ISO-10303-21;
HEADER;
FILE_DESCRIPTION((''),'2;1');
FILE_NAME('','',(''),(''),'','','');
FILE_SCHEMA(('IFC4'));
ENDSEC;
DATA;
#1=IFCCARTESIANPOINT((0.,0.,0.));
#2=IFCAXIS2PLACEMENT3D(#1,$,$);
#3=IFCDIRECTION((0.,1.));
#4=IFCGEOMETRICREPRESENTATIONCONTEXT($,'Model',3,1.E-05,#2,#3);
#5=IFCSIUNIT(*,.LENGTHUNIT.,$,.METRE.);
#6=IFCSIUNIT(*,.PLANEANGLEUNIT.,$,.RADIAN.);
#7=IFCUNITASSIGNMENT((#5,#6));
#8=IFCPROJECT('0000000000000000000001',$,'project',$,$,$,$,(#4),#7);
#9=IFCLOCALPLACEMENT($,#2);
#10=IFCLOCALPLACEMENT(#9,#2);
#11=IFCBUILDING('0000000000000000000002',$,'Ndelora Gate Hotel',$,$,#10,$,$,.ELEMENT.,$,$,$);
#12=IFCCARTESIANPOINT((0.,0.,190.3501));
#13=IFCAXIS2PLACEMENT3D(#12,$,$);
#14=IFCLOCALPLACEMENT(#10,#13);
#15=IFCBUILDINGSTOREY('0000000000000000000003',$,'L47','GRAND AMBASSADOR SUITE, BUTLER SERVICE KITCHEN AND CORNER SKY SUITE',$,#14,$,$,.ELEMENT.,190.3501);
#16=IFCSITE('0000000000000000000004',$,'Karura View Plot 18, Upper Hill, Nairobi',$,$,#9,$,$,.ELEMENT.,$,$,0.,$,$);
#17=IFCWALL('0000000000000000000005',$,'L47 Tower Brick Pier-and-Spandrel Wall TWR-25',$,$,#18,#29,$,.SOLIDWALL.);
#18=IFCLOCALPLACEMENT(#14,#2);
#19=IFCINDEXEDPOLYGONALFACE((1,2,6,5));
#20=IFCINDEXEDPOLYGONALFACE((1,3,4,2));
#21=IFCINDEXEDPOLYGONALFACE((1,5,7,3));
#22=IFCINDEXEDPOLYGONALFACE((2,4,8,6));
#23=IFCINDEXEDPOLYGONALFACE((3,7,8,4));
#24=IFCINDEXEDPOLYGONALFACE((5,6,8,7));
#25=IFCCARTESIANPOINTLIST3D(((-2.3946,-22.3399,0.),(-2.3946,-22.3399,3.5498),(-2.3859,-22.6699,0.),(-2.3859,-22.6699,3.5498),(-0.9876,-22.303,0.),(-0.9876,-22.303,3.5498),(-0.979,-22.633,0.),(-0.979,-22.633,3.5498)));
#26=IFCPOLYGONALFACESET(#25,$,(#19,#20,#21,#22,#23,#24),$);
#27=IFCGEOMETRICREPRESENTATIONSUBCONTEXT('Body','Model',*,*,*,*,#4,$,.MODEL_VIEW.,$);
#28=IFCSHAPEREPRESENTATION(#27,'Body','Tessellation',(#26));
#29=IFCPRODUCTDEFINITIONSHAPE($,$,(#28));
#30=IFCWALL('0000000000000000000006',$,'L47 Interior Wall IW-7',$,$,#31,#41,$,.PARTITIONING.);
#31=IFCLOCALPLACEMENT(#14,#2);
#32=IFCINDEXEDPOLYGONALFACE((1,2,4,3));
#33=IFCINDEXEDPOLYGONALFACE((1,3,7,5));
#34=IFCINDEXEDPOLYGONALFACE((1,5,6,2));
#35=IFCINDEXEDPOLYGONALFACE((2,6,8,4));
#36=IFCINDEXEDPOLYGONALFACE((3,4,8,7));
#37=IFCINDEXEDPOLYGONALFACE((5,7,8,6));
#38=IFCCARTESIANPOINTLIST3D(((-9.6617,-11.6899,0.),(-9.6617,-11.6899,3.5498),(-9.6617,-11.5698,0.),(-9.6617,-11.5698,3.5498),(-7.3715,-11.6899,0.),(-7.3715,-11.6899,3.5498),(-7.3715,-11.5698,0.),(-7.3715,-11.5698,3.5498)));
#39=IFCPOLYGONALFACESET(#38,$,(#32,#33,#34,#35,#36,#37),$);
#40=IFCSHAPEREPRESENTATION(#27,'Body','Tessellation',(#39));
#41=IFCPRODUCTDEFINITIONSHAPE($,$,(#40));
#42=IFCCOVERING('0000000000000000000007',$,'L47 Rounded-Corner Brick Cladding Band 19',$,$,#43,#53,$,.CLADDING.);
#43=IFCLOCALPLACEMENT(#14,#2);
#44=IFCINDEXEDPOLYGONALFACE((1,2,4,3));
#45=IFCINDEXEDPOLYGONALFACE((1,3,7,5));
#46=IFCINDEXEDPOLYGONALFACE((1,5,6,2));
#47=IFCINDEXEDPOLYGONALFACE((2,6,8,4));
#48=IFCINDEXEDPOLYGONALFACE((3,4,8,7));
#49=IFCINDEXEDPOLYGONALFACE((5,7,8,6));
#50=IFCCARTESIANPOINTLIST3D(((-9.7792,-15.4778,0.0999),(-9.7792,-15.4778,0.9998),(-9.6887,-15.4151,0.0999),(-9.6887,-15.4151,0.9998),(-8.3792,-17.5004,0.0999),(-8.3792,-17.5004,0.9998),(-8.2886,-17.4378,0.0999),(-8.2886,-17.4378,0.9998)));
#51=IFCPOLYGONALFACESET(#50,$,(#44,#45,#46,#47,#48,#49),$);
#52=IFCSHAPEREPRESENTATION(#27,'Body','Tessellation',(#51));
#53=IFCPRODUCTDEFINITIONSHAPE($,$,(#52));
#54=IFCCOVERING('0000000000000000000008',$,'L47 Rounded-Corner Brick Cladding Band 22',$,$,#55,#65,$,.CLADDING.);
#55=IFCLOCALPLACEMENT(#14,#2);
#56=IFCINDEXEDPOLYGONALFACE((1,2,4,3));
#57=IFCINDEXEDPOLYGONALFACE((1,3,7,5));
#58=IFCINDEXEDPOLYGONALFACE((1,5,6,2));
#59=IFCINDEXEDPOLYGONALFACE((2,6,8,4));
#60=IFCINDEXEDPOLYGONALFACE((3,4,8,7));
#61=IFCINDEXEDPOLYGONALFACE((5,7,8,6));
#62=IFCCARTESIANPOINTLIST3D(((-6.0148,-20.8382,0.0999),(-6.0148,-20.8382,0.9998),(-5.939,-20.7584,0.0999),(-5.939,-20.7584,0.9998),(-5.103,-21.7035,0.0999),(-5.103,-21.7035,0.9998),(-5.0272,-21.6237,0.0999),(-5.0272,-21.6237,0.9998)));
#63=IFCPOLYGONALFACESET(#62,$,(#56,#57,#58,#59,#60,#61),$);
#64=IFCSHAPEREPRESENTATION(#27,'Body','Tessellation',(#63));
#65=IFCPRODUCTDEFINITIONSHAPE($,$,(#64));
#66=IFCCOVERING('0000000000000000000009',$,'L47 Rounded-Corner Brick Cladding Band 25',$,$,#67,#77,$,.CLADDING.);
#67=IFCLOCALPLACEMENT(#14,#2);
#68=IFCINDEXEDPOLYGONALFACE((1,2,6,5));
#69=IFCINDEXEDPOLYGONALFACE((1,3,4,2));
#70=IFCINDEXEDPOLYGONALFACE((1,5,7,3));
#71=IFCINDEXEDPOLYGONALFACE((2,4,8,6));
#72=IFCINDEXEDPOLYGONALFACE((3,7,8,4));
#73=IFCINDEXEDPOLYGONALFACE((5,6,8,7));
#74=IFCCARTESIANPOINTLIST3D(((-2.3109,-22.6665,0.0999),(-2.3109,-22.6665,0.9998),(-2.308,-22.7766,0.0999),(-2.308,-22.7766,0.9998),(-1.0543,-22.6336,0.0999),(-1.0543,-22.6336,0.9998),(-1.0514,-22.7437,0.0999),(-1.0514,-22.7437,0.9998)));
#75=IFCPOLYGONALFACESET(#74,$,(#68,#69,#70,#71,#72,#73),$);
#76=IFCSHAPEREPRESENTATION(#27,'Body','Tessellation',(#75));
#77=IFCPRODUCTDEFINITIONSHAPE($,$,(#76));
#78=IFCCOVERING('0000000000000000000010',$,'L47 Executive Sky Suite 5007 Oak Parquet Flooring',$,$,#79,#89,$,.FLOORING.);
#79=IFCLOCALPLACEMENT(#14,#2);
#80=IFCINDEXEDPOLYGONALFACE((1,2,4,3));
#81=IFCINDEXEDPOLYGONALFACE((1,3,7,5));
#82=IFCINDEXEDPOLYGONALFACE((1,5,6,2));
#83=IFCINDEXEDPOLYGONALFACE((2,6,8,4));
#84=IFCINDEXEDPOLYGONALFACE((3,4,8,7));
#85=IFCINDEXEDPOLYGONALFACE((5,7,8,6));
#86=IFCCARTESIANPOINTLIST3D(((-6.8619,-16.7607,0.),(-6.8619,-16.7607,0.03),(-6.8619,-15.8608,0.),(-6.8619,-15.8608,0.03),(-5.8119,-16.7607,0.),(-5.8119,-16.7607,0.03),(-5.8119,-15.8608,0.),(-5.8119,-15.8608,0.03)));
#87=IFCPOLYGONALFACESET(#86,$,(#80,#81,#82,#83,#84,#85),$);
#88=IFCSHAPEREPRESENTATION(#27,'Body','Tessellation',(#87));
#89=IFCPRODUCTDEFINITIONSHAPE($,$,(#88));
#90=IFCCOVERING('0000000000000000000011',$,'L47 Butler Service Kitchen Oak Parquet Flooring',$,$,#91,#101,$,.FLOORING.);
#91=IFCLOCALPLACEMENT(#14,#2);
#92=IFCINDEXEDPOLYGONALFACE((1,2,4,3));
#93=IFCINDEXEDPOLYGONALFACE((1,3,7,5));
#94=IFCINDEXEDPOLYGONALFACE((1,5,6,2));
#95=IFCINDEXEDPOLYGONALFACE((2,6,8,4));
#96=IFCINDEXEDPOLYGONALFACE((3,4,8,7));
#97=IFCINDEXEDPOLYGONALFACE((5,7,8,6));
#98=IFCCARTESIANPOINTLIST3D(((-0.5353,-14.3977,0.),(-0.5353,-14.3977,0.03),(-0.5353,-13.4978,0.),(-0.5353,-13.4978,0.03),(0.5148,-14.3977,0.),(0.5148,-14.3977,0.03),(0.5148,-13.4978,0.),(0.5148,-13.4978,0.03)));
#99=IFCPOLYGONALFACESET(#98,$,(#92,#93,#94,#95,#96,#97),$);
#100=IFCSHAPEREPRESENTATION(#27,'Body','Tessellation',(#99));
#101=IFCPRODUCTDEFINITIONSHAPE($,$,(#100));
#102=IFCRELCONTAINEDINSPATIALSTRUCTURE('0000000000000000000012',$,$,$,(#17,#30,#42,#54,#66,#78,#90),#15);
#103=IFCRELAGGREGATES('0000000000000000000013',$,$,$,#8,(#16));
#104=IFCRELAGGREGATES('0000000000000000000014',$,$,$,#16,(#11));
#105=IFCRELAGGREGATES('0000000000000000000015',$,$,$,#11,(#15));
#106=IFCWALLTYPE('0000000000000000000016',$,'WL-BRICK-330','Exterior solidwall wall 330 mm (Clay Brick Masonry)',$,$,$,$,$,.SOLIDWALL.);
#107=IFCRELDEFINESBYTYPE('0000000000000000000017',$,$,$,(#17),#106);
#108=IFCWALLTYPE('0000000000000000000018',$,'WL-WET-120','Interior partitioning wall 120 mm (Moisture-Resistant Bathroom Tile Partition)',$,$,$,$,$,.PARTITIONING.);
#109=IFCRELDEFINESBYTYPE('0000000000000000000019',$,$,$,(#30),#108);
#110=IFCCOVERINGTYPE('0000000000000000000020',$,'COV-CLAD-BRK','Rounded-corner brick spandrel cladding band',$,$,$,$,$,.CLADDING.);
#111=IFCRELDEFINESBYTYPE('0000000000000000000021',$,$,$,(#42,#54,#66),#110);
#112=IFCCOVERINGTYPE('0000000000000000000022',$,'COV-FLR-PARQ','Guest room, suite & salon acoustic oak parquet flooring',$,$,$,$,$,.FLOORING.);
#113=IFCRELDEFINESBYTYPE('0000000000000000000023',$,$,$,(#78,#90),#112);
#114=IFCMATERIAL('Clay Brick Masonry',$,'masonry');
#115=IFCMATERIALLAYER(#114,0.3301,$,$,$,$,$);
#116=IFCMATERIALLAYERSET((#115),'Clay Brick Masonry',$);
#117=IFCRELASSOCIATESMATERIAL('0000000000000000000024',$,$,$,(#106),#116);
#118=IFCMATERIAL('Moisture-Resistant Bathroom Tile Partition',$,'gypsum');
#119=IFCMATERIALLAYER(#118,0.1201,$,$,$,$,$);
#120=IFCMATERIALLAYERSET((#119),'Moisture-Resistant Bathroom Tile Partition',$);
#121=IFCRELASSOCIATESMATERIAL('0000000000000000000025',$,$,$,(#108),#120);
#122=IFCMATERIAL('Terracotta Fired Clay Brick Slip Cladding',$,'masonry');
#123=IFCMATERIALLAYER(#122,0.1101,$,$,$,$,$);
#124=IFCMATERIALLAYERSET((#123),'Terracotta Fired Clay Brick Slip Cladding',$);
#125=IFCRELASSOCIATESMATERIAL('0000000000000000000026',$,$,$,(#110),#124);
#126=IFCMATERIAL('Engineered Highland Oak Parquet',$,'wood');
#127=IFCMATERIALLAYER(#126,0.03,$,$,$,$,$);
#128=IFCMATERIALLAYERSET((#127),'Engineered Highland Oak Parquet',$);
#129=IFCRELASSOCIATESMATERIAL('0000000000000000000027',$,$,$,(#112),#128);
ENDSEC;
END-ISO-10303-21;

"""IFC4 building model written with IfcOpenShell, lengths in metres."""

from ifc_helpers import new_model, si_unit, direction, frame, frame_2d, origin, origin_2d, place, context, subcontext, project, spatial, rectangle, extrude, material, layer, layer_set, type_object, element, save


model = new_model("IFC4")

# Units and contexts
model_context = context("Model", 3, precision=1e-05, world=origin(), true_north=direction((0.0, 1.0)))
body_context = subcontext(model_context, "Body", "Model", "MODEL_VIEW")
ifc_project = project(units=[si_unit("LENGTHUNIT", "METRE"), si_unit("PLANEANGLEUNIT", "RADIAN")], contexts=[model_context])

# Site, building, storey
site_placement = place(None, origin())
site = spatial("IfcSite", under=ifc_project, at=site_placement, Name="Karura View Plot 18, Upper Hill, Nairobi", CompositionType="ELEMENT", RefElevation=0.0)
building_placement = place(site_placement, origin())
building = spatial("IfcBuilding", under=site, at=building_placement, Name="Ndelora Gate Hotel", CompositionType="ELEMENT")
storey_placement = place(building_placement, frame((0.0, 0.0, 190.3501)))
storey = spatial("IfcBuildingStorey", under=building, at=storey_placement, Name="L47", Description="GRAND AMBASSADOR SUITE, BUTLER SERVICE KITCHEN AND CORNER SKY SUITE", CompositionType="ELEMENT", Elevation=190.3501)

# Shared definitions
ifc_material_1 = material(Name="Clay Brick Masonry", Category="masonry")
ifc_layer_1 = layer(ifc_material_1, 0.3301)
ifc_layer_set_1 = layer_set([ifc_layer_1], Name="Clay Brick Masonry")
wall_type_1 = type_object("IfcWallType", Name="WL-BRICK-330", Description="Exterior solidwall wall 330 mm (Clay Brick Masonry)", PredefinedType="SOLIDWALL", material=ifc_layer_set_1)

# Walls
for number, where, z_axis, x_axis, name in (
    (1, (-0.9834, -22.468, 0.0), (0.0, 0.0, 1.0), (-0.999657, -0.026193, 0.0), "L47 Tower Brick Pier-and-Spandrel Wall TWR-25"),
):
    element("IfcWall", number, at=place(storey_placement, frame(where, z_axis=z_axis, x_axis=x_axis)), inside=storey, type_object=wall_type_1, Name=name, PredefinedType="SOLIDWALL", context=body_context, shape_type="SweptSolid", body=[
        extrude(rectangle(XDim=1.4075, YDim=0.3301, at=frame_2d((0.7036, 0.0))), origin(), (0.0, 0.0, 1.0), 3.5498),
    ])
ifc_material_2 = material(Name="Moisture-Resistant Bathroom Tile Partition", Category="gypsum")
ifc_layer_2 = layer(ifc_material_2, 0.1201)
ifc_layer_set_2 = layer_set([ifc_layer_2], Name="Moisture-Resistant Bathroom Tile Partition")
wall_type_2 = type_object("IfcWallType", Name="WL-WET-120", Description="Interior partitioning wall 120 mm (Moisture-Resistant Bathroom Tile Partition)", PredefinedType="PARTITIONING", material=ifc_layer_set_2)
wall_1_placement = place(storey_placement, frame((-7.3716, -11.6299, 0.0), z_axis=(0.0, 0.0, 1.0), x_axis=(-1.0, 0.0, 0.0)))
element("IfcWall", 2, at=wall_1_placement, inside=storey, type_object=wall_type_2, Name="L47 Interior Wall IW-7", PredefinedType="PARTITIONING", context=body_context, shape_type="SweptSolid", body=[
    extrude(rectangle(XDim=2.2903, YDim=0.1201, at=frame_2d((1.145, 0.0))), origin(), (0.0, 0.0, 1.0), 3.5498),
])

# Coverings
ifc_material_3 = material(Name="Terracotta Fired Clay Brick Slip Cladding", Category="masonry")
ifc_layer_3 = layer(ifc_material_3, 0.1101)
ifc_layer_set_3 = layer_set([ifc_layer_3], Name="Terracotta Fired Clay Brick Slip Cladding")
covering_type_1 = type_object("IfcCoveringType", Name="COV-CLAD-BRK", Description="Rounded-corner brick spandrel cladding band", PredefinedType="CLADDING", material=ifc_layer_set_3)
covering_placement = place(storey_placement, frame((-9.0339, -16.4578, 0.0999), z_axis=(0.0, 0.0, 1.0), x_axis=(-0.569136, 0.822243, 0.0)))
element("IfcCovering", 3, at=covering_placement, inside=storey, type_object=covering_type_1, Name="L47 Rounded-Corner Brick Cladding Band 19", PredefinedType="CLADDING", context=body_context, shape_type="SweptSolid", body=[
    extrude(rectangle(XDim=2.46, YDim=0.1101, at=origin_2d()), origin(), (0.0, 0.0, 1.0), 0.8999),
])
for number, where, z_axis, x_axis, name in (
    (4, (-5.521, -21.231, 0.0999), (0.0, 0.0, 1.0), (-0.725374, 0.688355, 0.0), "L47 Rounded-Corner Brick Cladding Band 22"),
    (5, (-1.6812, -22.7051, 0.0999), (0.0, 0.0, 1.0), (0.999657, 0.026177, 0.0), "L47 Rounded-Corner Brick Cladding Band 25"),
):
    element("IfcCovering", number, at=place(storey_placement, frame(where, z_axis=z_axis, x_axis=x_axis)), inside=storey, type_object=covering_type_1, Name=name, PredefinedType="CLADDING", context=body_context, shape_type="SweptSolid", body=[
        extrude(rectangle(XDim=1.2571, YDim=0.1101, at=origin_2d()), origin(), (0.0, 0.0, 1.0), 0.8999),
    ])
ifc_material_4 = material(Name="Engineered Highland Oak Parquet", Category="wood")
ifc_layer_4 = layer(ifc_material_4, 0.03)
ifc_layer_set_4 = layer_set([ifc_layer_4], Name="Engineered Highland Oak Parquet")
covering_type_2 = type_object("IfcCoveringType", Name="COV-FLR-PARQ", Description="Guest room, suite & salon acoustic oak parquet flooring", PredefinedType="FLOORING", material=ifc_layer_set_4)
for number, where, z_axis, x_axis, name in (
    (6, (-6.3369, -16.3108, 0.0), (0.0, 0.0, 1.0), (1.0, 0.0, 0.0), "L47 Executive Sky Suite 5007 Oak Parquet Flooring"),
    (7, (-0.0103, -13.9478, 0.0), (0.0, 0.0, 1.0), (1.0, 0.0, 0.0), "L47 Butler Service Kitchen Oak Parquet Flooring"),
):
    element("IfcCovering", number, at=place(storey_placement, frame(where, z_axis=z_axis, x_axis=x_axis)), inside=storey, type_object=covering_type_2, Name=name, PredefinedType="FLOORING", context=body_context, shape_type="SweptSolid", body=[
        extrude(rectangle(XDim=1.05, YDim=0.8999, at=origin_2d()), origin(), (0.0, 0.0, 1.0), 0.03),
    ])

save(model, "model.ifc")
